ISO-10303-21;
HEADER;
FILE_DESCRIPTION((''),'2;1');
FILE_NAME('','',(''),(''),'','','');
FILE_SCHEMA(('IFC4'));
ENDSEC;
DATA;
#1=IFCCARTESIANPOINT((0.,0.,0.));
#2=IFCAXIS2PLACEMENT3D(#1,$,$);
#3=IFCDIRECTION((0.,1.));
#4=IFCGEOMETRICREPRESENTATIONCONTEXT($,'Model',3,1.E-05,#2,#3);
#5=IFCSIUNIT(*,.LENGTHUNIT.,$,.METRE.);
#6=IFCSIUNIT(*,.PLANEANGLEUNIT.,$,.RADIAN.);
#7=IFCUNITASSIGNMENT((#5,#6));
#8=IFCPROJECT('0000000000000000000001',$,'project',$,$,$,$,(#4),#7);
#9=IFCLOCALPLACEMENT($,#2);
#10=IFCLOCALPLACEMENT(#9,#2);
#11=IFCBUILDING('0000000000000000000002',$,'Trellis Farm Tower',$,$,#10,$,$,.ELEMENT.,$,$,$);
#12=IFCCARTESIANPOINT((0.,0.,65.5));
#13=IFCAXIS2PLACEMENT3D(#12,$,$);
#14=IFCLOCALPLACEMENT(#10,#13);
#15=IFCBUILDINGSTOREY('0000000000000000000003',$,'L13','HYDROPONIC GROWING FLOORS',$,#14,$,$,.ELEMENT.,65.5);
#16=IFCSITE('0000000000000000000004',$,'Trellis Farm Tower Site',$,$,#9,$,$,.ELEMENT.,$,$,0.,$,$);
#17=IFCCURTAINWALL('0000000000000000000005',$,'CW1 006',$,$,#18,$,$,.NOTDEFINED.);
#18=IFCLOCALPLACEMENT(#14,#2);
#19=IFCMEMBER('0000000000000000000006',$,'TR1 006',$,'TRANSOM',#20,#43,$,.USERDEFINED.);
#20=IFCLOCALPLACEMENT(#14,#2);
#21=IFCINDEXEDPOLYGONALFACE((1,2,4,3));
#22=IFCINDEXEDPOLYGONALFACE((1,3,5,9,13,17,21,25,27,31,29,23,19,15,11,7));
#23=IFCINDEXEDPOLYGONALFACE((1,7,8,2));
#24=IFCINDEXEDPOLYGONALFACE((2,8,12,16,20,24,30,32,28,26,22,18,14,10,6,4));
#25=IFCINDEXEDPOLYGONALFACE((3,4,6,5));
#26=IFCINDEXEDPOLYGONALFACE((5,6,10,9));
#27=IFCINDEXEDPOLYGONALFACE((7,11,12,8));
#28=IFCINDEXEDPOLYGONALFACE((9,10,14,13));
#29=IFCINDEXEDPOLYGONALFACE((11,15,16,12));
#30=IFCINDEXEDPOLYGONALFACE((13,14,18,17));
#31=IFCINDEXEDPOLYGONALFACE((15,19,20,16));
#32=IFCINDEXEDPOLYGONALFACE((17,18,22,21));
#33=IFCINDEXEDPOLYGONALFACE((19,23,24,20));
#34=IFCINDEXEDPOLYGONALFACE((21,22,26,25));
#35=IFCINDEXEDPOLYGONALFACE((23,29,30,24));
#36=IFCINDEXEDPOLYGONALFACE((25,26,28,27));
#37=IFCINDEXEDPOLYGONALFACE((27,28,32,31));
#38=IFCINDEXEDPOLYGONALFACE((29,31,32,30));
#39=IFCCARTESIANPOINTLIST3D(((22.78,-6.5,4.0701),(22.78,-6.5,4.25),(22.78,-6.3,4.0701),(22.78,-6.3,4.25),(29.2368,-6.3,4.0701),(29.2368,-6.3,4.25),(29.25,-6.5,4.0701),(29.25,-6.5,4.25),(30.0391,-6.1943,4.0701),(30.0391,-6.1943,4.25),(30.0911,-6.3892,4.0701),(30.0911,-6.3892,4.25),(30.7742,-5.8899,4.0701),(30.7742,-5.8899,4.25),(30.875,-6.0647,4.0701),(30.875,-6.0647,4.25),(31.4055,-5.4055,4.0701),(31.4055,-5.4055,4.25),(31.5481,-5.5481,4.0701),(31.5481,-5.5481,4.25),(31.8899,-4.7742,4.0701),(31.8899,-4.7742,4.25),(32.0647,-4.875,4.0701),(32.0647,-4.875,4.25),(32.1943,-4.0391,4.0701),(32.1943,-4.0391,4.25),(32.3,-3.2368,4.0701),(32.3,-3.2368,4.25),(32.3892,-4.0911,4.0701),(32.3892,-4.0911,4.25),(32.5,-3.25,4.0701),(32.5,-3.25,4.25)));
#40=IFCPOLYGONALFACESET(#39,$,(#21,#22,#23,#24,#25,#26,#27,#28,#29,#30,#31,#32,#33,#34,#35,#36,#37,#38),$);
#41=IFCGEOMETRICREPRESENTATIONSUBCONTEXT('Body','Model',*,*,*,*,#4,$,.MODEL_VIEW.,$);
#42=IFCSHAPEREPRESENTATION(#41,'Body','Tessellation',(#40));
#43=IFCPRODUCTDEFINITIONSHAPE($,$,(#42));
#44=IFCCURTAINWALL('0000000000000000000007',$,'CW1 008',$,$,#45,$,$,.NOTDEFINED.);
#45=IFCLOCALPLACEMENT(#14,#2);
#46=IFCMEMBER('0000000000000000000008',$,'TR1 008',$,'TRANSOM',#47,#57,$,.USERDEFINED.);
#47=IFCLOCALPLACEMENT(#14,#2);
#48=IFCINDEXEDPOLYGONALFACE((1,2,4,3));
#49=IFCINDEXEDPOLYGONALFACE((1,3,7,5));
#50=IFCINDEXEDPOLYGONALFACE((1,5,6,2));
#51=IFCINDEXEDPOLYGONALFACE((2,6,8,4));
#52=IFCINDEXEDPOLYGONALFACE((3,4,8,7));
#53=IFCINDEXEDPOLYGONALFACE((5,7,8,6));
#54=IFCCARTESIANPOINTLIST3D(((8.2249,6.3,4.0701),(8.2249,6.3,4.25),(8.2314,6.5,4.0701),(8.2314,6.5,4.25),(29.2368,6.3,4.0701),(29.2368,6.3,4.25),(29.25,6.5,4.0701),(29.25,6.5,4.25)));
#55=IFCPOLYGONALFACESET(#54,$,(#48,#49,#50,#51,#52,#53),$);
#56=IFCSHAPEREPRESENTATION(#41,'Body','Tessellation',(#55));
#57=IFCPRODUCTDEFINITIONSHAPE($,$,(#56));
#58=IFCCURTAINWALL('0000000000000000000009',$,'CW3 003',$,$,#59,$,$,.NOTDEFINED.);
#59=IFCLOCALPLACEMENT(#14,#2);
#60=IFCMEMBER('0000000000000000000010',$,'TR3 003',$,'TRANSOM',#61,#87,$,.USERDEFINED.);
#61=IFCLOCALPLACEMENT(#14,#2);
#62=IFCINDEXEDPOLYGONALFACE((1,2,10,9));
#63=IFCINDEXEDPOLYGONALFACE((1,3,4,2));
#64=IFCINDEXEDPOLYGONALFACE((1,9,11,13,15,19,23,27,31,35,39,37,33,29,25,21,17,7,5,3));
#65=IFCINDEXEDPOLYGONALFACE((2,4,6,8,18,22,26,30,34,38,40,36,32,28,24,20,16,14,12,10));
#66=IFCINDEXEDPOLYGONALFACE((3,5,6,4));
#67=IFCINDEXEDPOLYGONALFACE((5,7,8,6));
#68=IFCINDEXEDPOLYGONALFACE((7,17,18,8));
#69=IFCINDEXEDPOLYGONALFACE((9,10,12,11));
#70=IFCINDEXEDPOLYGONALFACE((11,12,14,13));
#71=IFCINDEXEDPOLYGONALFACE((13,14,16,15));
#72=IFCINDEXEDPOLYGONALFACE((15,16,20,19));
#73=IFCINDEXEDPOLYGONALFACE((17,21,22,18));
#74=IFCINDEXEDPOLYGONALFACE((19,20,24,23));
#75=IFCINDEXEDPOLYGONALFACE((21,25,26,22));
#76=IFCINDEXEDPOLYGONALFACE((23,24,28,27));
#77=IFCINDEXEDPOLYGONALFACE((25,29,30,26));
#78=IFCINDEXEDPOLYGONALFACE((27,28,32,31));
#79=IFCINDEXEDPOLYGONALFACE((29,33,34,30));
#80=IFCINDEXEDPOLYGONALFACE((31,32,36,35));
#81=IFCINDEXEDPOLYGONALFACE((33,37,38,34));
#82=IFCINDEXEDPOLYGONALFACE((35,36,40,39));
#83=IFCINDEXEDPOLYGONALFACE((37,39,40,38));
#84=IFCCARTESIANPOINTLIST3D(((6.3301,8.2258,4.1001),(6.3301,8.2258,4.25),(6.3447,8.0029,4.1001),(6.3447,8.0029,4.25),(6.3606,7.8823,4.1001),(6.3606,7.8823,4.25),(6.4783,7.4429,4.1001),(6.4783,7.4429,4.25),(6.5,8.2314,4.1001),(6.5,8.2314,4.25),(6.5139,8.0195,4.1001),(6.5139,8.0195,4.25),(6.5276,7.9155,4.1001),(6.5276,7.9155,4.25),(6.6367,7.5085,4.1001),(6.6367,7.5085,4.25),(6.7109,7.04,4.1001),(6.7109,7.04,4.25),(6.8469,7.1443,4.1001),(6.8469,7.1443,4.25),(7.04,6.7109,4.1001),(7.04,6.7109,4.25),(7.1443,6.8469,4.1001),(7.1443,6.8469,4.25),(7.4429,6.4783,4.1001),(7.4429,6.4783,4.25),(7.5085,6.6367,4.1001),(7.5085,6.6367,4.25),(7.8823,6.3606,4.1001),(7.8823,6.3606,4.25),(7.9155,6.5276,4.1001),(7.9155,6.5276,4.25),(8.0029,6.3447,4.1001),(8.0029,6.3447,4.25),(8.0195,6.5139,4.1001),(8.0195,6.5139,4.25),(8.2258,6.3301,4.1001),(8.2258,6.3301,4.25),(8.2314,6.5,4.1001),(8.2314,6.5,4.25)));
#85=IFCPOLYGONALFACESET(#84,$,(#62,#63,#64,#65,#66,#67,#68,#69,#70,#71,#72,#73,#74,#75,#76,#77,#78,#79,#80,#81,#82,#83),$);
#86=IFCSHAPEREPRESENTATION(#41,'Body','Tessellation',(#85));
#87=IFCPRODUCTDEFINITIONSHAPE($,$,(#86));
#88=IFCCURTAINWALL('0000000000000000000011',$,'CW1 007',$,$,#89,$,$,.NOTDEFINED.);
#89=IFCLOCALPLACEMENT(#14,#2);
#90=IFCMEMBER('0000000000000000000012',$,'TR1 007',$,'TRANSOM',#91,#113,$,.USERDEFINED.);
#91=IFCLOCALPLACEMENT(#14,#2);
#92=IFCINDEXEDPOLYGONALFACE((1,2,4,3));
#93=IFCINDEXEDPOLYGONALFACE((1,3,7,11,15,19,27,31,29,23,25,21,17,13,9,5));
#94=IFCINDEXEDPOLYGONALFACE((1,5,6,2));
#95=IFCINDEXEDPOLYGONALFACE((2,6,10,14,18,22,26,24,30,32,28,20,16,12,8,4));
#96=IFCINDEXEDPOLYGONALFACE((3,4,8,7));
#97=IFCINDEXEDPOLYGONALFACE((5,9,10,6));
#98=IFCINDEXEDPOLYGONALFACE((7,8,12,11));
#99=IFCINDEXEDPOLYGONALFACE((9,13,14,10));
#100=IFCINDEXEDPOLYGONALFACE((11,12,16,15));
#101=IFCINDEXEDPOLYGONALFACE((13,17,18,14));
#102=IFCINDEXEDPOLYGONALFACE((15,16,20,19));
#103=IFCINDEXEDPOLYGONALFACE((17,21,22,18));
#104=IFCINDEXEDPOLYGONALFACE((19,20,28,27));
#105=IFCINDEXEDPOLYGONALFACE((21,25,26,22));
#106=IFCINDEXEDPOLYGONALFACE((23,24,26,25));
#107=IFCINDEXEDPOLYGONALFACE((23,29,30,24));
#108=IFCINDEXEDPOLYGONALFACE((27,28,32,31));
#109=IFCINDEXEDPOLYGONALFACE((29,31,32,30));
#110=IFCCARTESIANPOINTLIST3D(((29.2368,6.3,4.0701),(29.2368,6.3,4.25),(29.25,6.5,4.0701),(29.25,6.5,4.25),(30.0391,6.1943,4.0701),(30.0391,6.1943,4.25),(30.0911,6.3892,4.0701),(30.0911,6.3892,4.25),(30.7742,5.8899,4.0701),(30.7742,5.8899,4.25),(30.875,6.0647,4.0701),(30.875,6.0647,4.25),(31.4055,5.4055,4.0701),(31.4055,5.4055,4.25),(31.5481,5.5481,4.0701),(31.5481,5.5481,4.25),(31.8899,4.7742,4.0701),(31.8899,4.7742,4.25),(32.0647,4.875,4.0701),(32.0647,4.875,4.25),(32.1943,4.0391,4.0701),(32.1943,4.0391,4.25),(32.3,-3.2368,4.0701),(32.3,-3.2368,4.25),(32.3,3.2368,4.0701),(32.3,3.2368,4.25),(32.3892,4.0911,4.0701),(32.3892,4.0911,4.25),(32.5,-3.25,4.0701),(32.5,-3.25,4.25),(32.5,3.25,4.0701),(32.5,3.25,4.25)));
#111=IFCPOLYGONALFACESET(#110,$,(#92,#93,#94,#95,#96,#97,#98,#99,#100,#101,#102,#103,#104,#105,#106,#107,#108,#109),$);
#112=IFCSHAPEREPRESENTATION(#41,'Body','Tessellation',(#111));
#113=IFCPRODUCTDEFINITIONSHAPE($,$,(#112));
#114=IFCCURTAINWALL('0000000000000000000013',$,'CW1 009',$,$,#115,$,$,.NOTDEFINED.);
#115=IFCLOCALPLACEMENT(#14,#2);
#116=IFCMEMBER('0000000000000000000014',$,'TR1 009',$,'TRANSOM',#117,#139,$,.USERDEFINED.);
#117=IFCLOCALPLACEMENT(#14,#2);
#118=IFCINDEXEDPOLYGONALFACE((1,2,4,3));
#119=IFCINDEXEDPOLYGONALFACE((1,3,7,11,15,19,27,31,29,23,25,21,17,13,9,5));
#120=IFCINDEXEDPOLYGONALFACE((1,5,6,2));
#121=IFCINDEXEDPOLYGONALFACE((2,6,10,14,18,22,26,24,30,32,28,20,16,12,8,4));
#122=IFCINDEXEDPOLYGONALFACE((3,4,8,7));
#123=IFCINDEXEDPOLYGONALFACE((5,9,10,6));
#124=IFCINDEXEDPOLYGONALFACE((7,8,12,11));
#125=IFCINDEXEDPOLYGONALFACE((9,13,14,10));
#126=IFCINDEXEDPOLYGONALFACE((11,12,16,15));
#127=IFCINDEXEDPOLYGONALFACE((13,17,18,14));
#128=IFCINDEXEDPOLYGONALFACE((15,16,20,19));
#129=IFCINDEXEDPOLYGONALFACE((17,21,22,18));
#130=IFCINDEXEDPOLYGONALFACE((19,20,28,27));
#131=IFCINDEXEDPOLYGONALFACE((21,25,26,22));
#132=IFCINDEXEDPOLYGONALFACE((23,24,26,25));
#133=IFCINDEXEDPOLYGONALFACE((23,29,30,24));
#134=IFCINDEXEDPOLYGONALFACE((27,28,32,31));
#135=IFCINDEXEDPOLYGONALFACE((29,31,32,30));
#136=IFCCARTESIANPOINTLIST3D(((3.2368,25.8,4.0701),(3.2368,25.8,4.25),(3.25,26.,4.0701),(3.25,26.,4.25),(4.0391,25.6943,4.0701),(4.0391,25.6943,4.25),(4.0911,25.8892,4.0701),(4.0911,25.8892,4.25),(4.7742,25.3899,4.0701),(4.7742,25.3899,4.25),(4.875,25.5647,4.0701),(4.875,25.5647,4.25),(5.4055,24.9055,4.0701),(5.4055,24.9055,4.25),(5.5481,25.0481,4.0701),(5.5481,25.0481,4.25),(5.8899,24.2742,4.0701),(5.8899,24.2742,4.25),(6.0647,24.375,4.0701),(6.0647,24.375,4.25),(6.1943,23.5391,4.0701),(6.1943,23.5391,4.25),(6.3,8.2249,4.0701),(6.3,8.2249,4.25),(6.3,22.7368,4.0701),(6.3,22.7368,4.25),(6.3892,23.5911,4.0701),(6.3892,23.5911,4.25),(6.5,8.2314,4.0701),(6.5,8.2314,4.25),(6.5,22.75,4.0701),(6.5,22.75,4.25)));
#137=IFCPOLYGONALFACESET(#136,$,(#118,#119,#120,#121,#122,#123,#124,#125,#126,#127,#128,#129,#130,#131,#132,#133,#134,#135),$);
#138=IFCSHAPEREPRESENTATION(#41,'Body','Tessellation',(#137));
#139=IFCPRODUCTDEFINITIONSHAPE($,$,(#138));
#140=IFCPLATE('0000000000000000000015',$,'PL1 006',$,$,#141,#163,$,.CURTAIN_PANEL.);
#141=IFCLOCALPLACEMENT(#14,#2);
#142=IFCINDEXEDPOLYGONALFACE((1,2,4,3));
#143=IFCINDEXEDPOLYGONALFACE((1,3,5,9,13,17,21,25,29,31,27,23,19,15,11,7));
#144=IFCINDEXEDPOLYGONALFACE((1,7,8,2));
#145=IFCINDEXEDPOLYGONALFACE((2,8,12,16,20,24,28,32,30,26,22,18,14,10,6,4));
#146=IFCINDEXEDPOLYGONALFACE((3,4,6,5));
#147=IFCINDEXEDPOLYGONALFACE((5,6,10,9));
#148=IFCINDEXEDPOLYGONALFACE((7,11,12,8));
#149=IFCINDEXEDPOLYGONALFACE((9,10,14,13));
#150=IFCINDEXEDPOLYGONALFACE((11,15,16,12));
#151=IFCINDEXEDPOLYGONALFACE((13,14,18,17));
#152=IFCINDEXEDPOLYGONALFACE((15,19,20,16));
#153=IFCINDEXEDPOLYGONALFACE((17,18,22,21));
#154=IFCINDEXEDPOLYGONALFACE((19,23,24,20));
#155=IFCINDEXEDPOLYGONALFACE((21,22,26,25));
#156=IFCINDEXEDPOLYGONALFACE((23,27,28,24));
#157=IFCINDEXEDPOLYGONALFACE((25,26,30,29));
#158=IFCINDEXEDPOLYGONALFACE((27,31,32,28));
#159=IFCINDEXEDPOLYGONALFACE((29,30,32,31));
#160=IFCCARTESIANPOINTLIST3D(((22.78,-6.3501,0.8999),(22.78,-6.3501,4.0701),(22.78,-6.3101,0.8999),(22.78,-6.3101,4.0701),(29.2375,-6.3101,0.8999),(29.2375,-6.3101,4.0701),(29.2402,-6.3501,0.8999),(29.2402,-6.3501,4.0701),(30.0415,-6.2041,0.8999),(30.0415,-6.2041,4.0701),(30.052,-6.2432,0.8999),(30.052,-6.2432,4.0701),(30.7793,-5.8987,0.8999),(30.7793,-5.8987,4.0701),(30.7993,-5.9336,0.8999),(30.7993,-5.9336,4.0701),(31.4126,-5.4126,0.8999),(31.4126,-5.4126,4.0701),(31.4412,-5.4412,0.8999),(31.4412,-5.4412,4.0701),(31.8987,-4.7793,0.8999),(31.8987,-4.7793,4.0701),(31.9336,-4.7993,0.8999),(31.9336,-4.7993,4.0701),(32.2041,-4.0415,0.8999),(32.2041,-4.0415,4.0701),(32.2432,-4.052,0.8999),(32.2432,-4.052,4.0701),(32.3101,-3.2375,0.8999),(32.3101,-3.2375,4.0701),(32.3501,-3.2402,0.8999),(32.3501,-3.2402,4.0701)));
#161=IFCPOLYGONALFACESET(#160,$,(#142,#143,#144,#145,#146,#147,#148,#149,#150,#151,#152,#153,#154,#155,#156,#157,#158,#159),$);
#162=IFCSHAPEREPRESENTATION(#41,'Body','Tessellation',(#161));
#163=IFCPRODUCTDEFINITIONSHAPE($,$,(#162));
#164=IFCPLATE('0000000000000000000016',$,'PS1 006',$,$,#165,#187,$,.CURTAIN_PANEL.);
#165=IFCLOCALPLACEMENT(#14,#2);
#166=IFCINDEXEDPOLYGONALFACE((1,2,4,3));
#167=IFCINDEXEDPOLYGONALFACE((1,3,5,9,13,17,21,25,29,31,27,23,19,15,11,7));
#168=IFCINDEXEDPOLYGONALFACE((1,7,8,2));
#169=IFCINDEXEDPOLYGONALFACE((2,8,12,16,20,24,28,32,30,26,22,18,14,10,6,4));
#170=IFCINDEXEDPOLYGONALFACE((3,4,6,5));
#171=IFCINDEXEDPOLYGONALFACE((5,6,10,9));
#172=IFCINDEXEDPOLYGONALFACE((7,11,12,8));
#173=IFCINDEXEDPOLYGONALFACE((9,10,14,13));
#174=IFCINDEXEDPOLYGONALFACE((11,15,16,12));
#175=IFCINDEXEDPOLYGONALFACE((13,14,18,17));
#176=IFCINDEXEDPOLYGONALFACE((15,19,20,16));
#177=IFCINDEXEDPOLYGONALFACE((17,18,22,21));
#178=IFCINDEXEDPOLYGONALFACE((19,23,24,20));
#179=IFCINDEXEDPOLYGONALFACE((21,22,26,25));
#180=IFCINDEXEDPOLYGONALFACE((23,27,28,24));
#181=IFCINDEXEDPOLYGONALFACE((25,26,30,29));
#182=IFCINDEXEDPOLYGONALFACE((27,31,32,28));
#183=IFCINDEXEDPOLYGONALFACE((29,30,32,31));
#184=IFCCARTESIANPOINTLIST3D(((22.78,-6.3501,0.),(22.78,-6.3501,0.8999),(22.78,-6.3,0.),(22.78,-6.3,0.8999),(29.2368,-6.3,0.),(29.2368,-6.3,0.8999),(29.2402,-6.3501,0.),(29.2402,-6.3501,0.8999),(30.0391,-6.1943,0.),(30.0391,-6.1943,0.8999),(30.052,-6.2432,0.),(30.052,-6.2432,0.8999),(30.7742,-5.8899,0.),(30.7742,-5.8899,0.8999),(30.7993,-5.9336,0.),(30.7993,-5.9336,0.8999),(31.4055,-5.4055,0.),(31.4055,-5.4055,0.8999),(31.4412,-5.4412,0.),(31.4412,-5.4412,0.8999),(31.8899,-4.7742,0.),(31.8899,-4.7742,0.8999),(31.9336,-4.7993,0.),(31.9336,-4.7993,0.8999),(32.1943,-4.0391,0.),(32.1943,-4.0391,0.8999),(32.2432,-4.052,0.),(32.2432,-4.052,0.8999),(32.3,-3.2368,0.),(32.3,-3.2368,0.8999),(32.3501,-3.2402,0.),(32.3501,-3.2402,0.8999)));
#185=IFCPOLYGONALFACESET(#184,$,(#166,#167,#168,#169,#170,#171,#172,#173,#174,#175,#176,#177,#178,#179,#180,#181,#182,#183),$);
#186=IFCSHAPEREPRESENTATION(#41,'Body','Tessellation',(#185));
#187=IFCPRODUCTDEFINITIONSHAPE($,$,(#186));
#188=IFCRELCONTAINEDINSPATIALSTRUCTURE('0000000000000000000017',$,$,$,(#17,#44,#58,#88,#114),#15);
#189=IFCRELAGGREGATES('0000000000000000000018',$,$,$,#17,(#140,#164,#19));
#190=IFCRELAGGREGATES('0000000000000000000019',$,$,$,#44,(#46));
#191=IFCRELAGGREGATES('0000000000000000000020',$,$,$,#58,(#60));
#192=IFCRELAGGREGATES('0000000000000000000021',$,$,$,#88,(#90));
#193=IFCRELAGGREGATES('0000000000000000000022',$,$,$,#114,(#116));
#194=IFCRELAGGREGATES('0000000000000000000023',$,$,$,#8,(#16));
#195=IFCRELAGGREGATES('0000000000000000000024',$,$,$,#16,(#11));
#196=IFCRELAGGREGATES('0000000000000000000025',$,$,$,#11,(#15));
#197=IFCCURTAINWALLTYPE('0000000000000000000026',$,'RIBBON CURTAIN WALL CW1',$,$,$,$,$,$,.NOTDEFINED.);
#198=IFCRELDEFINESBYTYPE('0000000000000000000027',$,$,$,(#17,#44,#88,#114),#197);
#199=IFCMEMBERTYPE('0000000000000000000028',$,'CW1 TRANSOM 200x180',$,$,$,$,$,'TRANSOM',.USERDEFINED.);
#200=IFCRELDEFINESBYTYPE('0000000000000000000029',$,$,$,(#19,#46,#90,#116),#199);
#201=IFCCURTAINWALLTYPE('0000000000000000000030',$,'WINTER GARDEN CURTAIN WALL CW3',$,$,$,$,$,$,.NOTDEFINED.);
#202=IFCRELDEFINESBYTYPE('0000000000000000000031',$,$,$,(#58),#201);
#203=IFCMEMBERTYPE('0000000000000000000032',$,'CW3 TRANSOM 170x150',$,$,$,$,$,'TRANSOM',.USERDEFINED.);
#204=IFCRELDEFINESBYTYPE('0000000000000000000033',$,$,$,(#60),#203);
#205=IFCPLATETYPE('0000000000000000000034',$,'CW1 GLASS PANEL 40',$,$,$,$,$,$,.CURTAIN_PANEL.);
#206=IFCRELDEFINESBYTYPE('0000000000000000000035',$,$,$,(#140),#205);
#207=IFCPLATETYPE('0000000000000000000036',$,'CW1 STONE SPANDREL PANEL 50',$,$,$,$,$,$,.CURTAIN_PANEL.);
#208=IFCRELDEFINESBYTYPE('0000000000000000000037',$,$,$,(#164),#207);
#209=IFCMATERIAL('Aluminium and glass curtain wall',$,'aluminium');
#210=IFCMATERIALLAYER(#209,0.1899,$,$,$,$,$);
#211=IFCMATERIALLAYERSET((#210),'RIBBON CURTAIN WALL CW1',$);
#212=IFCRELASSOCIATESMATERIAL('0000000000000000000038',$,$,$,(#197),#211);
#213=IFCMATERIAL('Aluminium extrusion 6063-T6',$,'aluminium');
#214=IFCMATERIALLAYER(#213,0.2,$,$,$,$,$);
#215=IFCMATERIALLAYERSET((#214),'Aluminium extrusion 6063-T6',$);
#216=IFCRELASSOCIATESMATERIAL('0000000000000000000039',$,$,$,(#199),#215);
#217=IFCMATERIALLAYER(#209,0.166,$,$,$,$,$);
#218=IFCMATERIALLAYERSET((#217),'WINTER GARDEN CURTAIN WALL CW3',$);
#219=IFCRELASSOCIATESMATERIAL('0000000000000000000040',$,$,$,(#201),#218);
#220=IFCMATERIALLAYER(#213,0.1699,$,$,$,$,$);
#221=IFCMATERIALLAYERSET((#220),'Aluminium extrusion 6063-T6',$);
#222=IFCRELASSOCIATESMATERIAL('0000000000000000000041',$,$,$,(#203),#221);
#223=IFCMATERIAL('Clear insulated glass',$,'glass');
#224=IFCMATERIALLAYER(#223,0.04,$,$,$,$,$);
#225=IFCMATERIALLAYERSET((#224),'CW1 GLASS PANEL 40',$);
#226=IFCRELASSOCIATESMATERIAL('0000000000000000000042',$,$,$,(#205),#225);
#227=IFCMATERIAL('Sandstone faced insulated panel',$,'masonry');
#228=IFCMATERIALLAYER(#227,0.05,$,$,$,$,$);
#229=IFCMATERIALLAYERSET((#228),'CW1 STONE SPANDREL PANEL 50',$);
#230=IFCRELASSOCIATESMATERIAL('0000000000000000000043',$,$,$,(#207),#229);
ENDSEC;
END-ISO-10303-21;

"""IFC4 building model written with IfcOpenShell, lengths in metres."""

from ifc_helpers import new_model, si_unit, direction, frame, origin, place, context, subcontext, project, spatial, polyline, outline, extrude, source, transform, mapped, material, layer, layer_set, type_object, element, aggregate, save


model = new_model("IFC4")

# Units and contexts
model_context = context("Model", 3, precision=1e-05, world=origin(), true_north=direction((0.0, 1.0)))
body_context = subcontext(model_context, "Body", "Model", "MODEL_VIEW")
ifc_project = project(units=[si_unit("LENGTHUNIT", "METRE"), si_unit("PLANEANGLEUNIT", "RADIAN")], contexts=[model_context])

# Site, building, storey
site_placement = place(None, origin())
site = spatial("IfcSite", under=ifc_project, at=site_placement, Name="Trellis Farm Tower Site", CompositionType="ELEMENT", RefElevation=0.0)
building_placement = place(site_placement, origin())
building = spatial("IfcBuilding", under=site, at=building_placement, Name="Trellis Farm Tower", CompositionType="ELEMENT")
storey_placement = place(building_placement, frame((0.0, 0.0, 65.5)))
storey = spatial("IfcBuildingStorey", under=building, at=storey_placement, Name="L13", Description="HYDROPONIC GROWING FLOORS", CompositionType="ELEMENT", Elevation=65.5)

# Curtain walls, members
ifc_material_1 = material(Name="Aluminium and glass curtain wall", Category="aluminium")
ifc_layer_1 = layer(ifc_material_1, 0.1899)
ifc_layer_set_1 = layer_set([ifc_layer_1], Name="RIBBON CURTAIN WALL CW1")
curtain_wall_type_1 = type_object("IfcCurtainWallType", Name="RIBBON CURTAIN WALL CW1", PredefinedType="NOTDEFINED", material=ifc_layer_set_1)
placement_1 = place(storey_placement, origin())
curtain_wall_1 = element("IfcCurtainWall", 1, at=placement_1, inside=storey, type_object=curtain_wall_type_1, Name="CW1 006", PredefinedType="NOTDEFINED")
ifc_material_2 = material(Name="Aluminium extrusion 6063-T6", Category="aluminium")
ifc_layer_2 = layer(ifc_material_2, 0.2)
ifc_layer_set_2 = layer_set([ifc_layer_2], Name="Aluminium extrusion 6063-T6")
member_type_1 = type_object("IfcMemberType", Name="CW1 TRANSOM 200x180", ElementType="TRANSOM", PredefinedType="USERDEFINED", material=ifc_layer_set_2)
shared_shape_1 = source(origin(), body_context, "Body", "SweptSolid", [
    extrude(outline(polyline([(22.78, -6.5), (29.25, -6.5), (30.0911, -6.3892), (30.875, -6.0647), (31.5481, -5.5481), (32.0647, -4.875), (32.3892, -4.0911), (32.5, -3.25), (32.3, -3.2368), (32.1943, -4.0391), (31.8899, -4.7742), (31.4055, -5.4055), (30.7742, -5.8899), (30.0391, -6.1943), (29.2368, -6.3), (22.78, -6.3), (22.78, -6.5)])), origin(), (0.0, 0.0, 1.0), 0.1799),
])
placement_2 = place(storey_placement, frame((0.0, 0.0, 4.0701)))
member_1 = element("IfcMember", 2, at=placement_2, type_object=member_type_1, Name="TR1 006", ObjectType="TRANSOM", PredefinedType="USERDEFINED", context=body_context, shape_type="MappedRepresentation", body=[
    mapped(shared_shape_1, transform((0.0, 0.0, 0.0))),
])
curtain_wall_2 = element("IfcCurtainWall", 3, at=placement_1, inside=storey, type_object=curtain_wall_type_1, Name="CW1 008", PredefinedType="NOTDEFINED")
shared_shape_2 = source(origin(), body_context, "Body", "SweptSolid", [
    extrude(outline(polyline([(29.25, 6.5), (8.2314, 6.5), (8.2249, 6.3), (29.2368, 6.3), (29.25, 6.5)])), origin(), (0.0, 0.0, 1.0), 0.1799),
])
member_2 = element("IfcMember", 4, at=placement_2, type_object=member_type_1, Name="TR1 008", ObjectType="TRANSOM", PredefinedType="USERDEFINED", context=body_context, shape_type="MappedRepresentation", body=[
    mapped(shared_shape_2, transform((0.0, 0.0, 0.0))),
])
ifc_layer_3 = layer(ifc_material_1, 0.166)
ifc_layer_set_3 = layer_set([ifc_layer_3], Name="WINTER GARDEN CURTAIN WALL CW3")
curtain_wall_type_2 = type_object("IfcCurtainWallType", Name="WINTER GARDEN CURTAIN WALL CW3", PredefinedType="NOTDEFINED", material=ifc_layer_set_3)
curtain_wall_3 = element("IfcCurtainWall", 5, at=placement_1, inside=storey, type_object=curtain_wall_type_2, Name="CW3 003", PredefinedType="NOTDEFINED")
ifc_layer_4 = layer(ifc_material_2, 0.1699)
ifc_layer_set_4 = layer_set([ifc_layer_4], Name="Aluminium extrusion 6063-T6")
member_type_2 = type_object("IfcMemberType", Name="CW3 TRANSOM 170x150", ElementType="TRANSOM", PredefinedType="USERDEFINED", material=ifc_layer_set_4)
shared_shape_3 = source(origin(), body_context, "Body", "SweptSolid", [
    extrude(outline(polyline([(8.2314, 6.5), (8.0195, 6.5139), (7.9155, 6.5276), (7.5085, 6.6367), (7.1443, 6.8469), (6.8469, 7.1443), (6.6367, 7.5085), (6.5276, 7.9155), (6.5139, 8.0195), (6.5, 8.2314), (6.3301, 8.2258), (6.3447, 8.0029), (6.3606, 7.8823), (6.4783, 7.4429), (6.7109, 7.04), (7.04, 6.7109), (7.4429, 6.4783), (7.8823, 6.3606), (8.0029, 6.3447), (8.2258, 6.3301), (8.2314, 6.5)])), origin(), (0.0, 0.0, 1.0), 0.1499),
])
member_3_placement = place(storey_placement, frame((0.0, 0.0, 4.1001)))
member_3 = element("IfcMember", 6, at=member_3_placement, type_object=member_type_2, Name="TR3 003", ObjectType="TRANSOM", PredefinedType="USERDEFINED", context=body_context, shape_type="MappedRepresentation", body=[
    mapped(shared_shape_3, transform((0.0, 0.0, 0.0))),
])
curtain_wall_4 = element("IfcCurtainWall", 7, at=placement_1, inside=storey, type_object=curtain_wall_type_1, Name="CW1 007", PredefinedType="NOTDEFINED")
shared_shape_4 = source(origin(), body_context, "Body", "SweptSolid", [
    extrude(outline(polyline([(32.5, -3.25), (32.5, 3.25), (32.3892, 4.0911), (32.0647, 4.875), (31.5481, 5.5481), (30.875, 6.0647), (30.0911, 6.3892), (29.25, 6.5), (29.2368, 6.3), (30.0391, 6.1943), (30.7742, 5.8899), (31.4055, 5.4055), (31.8899, 4.7742), (32.1943, 4.0391), (32.3, 3.2368), (32.3, -3.2368), (32.5, -3.25)])), origin(), (0.0, 0.0, 1.0), 0.1799),
])
member_4 = element("IfcMember", 8, at=placement_2, type_object=member_type_1, Name="TR1 007", ObjectType="TRANSOM", PredefinedType="USERDEFINED", context=body_context, shape_type="MappedRepresentation", body=[
    mapped(shared_shape_4, transform((0.0, 0.0, 0.0))),
])
curtain_wall_5 = element("IfcCurtainWall", 9, at=placement_1, inside=storey, type_object=curtain_wall_type_1, Name="CW1 009", PredefinedType="NOTDEFINED")
shared_shape_5 = source(origin(), body_context, "Body", "SweptSolid", [
    extrude(outline(polyline([(6.5, 8.2314), (6.5, 22.75), (6.3892, 23.5911), (6.0647, 24.375), (5.5481, 25.0481), (4.875, 25.5647), (4.0911, 25.8892), (3.25, 26.0), (3.2368, 25.8), (4.0391, 25.6943), (4.7742, 25.3899), (5.4055, 24.9055), (5.8899, 24.2742), (6.1943, 23.5391), (6.3, 22.7368), (6.3, 8.2249), (6.5, 8.2314)])), origin(), (0.0, 0.0, 1.0), 0.1799),
])
member_5 = element("IfcMember", 10, at=placement_2, type_object=member_type_1, Name="TR1 009", ObjectType="TRANSOM", PredefinedType="USERDEFINED", context=body_context, shape_type="MappedRepresentation", body=[
    mapped(shared_shape_5, transform((0.0, 0.0, 0.0))),
])

# Plates
ifc_material_3 = material(Name="Clear insulated glass", Category="glass")
ifc_layer_5 = layer(ifc_material_3, 0.04)
ifc_layer_set_5 = layer_set([ifc_layer_5], Name="CW1 GLASS PANEL 40")
plate_type_1 = type_object("IfcPlateType", Name="CW1 GLASS PANEL 40", PredefinedType="CURTAIN_PANEL", material=ifc_layer_set_5)
shared_shape_6 = source(origin(), body_context, "Body", "SweptSolid", [
    extrude(outline(polyline([(22.78, -6.3501), (29.2402, -6.3501), (30.052, -6.2432), (30.7993, -5.9336), (31.4412, -5.4412), (31.9336, -4.7993), (32.2432, -4.052), (32.3501, -3.2402), (32.3101, -3.2375), (32.2041, -4.0415), (31.8987, -4.7793), (31.4126, -5.4126), (30.7793, -5.8987), (30.0415, -6.2041), (29.2375, -6.3101), (22.78, -6.3101), (22.78, -6.3501)])), origin(), (0.0, 0.0, 1.0), 3.1702),
])
placement_3 = place(storey_placement, frame((0.0, 0.0, 0.8999)))
plate_1 = element("IfcPlate", 11, at=placement_3, type_object=plate_type_1, Name="PL1 006", PredefinedType="CURTAIN_PANEL", context=body_context, shape_type="MappedRepresentation", body=[
    mapped(shared_shape_6, transform((0.0, 0.0, 0.0))),
])
ifc_material_4 = material(Name="Sandstone faced insulated panel", Category="masonry")
ifc_layer_6 = layer(ifc_material_4, 0.05)
ifc_layer_set_6 = layer_set([ifc_layer_6], Name="CW1 STONE SPANDREL PANEL 50")
plate_type_2 = type_object("IfcPlateType", Name="CW1 STONE SPANDREL PANEL 50", PredefinedType="CURTAIN_PANEL", material=ifc_layer_set_6)
shared_shape_7 = source(origin(), body_context, "Body", "SweptSolid", [
    extrude(outline(polyline([(22.78, -6.3501), (29.2402, -6.3501), (30.052, -6.2432), (30.7993, -5.9336), (31.4412, -5.4412), (31.9336, -4.7993), (32.2432, -4.052), (32.3501, -3.2402), (32.3, -3.2368), (32.1943, -4.0391), (31.8899, -4.7742), (31.4055, -5.4055), (30.7742, -5.8899), (30.0391, -6.1943), (29.2368, -6.3), (22.78, -6.3), (22.78, -6.3501)])), origin(), (0.0, 0.0, 1.0), 0.8999),
])
plate_2 = element("IfcPlate", 12, at=placement_1, type_object=plate_type_2, Name="PS1 006", PredefinedType="CURTAIN_PANEL", context=body_context, shape_type="MappedRepresentation", body=[
    mapped(shared_shape_7, transform((0.0, 0.0, 0.0))),
])
aggregate(curtain_wall_1, [plate_1, plate_2, member_1])
aggregate(curtain_wall_2, [member_2])
aggregate(curtain_wall_3, [member_3])
aggregate(curtain_wall_4, [member_4])
aggregate(curtain_wall_5, [member_5])

save(model, "model.ifc")
